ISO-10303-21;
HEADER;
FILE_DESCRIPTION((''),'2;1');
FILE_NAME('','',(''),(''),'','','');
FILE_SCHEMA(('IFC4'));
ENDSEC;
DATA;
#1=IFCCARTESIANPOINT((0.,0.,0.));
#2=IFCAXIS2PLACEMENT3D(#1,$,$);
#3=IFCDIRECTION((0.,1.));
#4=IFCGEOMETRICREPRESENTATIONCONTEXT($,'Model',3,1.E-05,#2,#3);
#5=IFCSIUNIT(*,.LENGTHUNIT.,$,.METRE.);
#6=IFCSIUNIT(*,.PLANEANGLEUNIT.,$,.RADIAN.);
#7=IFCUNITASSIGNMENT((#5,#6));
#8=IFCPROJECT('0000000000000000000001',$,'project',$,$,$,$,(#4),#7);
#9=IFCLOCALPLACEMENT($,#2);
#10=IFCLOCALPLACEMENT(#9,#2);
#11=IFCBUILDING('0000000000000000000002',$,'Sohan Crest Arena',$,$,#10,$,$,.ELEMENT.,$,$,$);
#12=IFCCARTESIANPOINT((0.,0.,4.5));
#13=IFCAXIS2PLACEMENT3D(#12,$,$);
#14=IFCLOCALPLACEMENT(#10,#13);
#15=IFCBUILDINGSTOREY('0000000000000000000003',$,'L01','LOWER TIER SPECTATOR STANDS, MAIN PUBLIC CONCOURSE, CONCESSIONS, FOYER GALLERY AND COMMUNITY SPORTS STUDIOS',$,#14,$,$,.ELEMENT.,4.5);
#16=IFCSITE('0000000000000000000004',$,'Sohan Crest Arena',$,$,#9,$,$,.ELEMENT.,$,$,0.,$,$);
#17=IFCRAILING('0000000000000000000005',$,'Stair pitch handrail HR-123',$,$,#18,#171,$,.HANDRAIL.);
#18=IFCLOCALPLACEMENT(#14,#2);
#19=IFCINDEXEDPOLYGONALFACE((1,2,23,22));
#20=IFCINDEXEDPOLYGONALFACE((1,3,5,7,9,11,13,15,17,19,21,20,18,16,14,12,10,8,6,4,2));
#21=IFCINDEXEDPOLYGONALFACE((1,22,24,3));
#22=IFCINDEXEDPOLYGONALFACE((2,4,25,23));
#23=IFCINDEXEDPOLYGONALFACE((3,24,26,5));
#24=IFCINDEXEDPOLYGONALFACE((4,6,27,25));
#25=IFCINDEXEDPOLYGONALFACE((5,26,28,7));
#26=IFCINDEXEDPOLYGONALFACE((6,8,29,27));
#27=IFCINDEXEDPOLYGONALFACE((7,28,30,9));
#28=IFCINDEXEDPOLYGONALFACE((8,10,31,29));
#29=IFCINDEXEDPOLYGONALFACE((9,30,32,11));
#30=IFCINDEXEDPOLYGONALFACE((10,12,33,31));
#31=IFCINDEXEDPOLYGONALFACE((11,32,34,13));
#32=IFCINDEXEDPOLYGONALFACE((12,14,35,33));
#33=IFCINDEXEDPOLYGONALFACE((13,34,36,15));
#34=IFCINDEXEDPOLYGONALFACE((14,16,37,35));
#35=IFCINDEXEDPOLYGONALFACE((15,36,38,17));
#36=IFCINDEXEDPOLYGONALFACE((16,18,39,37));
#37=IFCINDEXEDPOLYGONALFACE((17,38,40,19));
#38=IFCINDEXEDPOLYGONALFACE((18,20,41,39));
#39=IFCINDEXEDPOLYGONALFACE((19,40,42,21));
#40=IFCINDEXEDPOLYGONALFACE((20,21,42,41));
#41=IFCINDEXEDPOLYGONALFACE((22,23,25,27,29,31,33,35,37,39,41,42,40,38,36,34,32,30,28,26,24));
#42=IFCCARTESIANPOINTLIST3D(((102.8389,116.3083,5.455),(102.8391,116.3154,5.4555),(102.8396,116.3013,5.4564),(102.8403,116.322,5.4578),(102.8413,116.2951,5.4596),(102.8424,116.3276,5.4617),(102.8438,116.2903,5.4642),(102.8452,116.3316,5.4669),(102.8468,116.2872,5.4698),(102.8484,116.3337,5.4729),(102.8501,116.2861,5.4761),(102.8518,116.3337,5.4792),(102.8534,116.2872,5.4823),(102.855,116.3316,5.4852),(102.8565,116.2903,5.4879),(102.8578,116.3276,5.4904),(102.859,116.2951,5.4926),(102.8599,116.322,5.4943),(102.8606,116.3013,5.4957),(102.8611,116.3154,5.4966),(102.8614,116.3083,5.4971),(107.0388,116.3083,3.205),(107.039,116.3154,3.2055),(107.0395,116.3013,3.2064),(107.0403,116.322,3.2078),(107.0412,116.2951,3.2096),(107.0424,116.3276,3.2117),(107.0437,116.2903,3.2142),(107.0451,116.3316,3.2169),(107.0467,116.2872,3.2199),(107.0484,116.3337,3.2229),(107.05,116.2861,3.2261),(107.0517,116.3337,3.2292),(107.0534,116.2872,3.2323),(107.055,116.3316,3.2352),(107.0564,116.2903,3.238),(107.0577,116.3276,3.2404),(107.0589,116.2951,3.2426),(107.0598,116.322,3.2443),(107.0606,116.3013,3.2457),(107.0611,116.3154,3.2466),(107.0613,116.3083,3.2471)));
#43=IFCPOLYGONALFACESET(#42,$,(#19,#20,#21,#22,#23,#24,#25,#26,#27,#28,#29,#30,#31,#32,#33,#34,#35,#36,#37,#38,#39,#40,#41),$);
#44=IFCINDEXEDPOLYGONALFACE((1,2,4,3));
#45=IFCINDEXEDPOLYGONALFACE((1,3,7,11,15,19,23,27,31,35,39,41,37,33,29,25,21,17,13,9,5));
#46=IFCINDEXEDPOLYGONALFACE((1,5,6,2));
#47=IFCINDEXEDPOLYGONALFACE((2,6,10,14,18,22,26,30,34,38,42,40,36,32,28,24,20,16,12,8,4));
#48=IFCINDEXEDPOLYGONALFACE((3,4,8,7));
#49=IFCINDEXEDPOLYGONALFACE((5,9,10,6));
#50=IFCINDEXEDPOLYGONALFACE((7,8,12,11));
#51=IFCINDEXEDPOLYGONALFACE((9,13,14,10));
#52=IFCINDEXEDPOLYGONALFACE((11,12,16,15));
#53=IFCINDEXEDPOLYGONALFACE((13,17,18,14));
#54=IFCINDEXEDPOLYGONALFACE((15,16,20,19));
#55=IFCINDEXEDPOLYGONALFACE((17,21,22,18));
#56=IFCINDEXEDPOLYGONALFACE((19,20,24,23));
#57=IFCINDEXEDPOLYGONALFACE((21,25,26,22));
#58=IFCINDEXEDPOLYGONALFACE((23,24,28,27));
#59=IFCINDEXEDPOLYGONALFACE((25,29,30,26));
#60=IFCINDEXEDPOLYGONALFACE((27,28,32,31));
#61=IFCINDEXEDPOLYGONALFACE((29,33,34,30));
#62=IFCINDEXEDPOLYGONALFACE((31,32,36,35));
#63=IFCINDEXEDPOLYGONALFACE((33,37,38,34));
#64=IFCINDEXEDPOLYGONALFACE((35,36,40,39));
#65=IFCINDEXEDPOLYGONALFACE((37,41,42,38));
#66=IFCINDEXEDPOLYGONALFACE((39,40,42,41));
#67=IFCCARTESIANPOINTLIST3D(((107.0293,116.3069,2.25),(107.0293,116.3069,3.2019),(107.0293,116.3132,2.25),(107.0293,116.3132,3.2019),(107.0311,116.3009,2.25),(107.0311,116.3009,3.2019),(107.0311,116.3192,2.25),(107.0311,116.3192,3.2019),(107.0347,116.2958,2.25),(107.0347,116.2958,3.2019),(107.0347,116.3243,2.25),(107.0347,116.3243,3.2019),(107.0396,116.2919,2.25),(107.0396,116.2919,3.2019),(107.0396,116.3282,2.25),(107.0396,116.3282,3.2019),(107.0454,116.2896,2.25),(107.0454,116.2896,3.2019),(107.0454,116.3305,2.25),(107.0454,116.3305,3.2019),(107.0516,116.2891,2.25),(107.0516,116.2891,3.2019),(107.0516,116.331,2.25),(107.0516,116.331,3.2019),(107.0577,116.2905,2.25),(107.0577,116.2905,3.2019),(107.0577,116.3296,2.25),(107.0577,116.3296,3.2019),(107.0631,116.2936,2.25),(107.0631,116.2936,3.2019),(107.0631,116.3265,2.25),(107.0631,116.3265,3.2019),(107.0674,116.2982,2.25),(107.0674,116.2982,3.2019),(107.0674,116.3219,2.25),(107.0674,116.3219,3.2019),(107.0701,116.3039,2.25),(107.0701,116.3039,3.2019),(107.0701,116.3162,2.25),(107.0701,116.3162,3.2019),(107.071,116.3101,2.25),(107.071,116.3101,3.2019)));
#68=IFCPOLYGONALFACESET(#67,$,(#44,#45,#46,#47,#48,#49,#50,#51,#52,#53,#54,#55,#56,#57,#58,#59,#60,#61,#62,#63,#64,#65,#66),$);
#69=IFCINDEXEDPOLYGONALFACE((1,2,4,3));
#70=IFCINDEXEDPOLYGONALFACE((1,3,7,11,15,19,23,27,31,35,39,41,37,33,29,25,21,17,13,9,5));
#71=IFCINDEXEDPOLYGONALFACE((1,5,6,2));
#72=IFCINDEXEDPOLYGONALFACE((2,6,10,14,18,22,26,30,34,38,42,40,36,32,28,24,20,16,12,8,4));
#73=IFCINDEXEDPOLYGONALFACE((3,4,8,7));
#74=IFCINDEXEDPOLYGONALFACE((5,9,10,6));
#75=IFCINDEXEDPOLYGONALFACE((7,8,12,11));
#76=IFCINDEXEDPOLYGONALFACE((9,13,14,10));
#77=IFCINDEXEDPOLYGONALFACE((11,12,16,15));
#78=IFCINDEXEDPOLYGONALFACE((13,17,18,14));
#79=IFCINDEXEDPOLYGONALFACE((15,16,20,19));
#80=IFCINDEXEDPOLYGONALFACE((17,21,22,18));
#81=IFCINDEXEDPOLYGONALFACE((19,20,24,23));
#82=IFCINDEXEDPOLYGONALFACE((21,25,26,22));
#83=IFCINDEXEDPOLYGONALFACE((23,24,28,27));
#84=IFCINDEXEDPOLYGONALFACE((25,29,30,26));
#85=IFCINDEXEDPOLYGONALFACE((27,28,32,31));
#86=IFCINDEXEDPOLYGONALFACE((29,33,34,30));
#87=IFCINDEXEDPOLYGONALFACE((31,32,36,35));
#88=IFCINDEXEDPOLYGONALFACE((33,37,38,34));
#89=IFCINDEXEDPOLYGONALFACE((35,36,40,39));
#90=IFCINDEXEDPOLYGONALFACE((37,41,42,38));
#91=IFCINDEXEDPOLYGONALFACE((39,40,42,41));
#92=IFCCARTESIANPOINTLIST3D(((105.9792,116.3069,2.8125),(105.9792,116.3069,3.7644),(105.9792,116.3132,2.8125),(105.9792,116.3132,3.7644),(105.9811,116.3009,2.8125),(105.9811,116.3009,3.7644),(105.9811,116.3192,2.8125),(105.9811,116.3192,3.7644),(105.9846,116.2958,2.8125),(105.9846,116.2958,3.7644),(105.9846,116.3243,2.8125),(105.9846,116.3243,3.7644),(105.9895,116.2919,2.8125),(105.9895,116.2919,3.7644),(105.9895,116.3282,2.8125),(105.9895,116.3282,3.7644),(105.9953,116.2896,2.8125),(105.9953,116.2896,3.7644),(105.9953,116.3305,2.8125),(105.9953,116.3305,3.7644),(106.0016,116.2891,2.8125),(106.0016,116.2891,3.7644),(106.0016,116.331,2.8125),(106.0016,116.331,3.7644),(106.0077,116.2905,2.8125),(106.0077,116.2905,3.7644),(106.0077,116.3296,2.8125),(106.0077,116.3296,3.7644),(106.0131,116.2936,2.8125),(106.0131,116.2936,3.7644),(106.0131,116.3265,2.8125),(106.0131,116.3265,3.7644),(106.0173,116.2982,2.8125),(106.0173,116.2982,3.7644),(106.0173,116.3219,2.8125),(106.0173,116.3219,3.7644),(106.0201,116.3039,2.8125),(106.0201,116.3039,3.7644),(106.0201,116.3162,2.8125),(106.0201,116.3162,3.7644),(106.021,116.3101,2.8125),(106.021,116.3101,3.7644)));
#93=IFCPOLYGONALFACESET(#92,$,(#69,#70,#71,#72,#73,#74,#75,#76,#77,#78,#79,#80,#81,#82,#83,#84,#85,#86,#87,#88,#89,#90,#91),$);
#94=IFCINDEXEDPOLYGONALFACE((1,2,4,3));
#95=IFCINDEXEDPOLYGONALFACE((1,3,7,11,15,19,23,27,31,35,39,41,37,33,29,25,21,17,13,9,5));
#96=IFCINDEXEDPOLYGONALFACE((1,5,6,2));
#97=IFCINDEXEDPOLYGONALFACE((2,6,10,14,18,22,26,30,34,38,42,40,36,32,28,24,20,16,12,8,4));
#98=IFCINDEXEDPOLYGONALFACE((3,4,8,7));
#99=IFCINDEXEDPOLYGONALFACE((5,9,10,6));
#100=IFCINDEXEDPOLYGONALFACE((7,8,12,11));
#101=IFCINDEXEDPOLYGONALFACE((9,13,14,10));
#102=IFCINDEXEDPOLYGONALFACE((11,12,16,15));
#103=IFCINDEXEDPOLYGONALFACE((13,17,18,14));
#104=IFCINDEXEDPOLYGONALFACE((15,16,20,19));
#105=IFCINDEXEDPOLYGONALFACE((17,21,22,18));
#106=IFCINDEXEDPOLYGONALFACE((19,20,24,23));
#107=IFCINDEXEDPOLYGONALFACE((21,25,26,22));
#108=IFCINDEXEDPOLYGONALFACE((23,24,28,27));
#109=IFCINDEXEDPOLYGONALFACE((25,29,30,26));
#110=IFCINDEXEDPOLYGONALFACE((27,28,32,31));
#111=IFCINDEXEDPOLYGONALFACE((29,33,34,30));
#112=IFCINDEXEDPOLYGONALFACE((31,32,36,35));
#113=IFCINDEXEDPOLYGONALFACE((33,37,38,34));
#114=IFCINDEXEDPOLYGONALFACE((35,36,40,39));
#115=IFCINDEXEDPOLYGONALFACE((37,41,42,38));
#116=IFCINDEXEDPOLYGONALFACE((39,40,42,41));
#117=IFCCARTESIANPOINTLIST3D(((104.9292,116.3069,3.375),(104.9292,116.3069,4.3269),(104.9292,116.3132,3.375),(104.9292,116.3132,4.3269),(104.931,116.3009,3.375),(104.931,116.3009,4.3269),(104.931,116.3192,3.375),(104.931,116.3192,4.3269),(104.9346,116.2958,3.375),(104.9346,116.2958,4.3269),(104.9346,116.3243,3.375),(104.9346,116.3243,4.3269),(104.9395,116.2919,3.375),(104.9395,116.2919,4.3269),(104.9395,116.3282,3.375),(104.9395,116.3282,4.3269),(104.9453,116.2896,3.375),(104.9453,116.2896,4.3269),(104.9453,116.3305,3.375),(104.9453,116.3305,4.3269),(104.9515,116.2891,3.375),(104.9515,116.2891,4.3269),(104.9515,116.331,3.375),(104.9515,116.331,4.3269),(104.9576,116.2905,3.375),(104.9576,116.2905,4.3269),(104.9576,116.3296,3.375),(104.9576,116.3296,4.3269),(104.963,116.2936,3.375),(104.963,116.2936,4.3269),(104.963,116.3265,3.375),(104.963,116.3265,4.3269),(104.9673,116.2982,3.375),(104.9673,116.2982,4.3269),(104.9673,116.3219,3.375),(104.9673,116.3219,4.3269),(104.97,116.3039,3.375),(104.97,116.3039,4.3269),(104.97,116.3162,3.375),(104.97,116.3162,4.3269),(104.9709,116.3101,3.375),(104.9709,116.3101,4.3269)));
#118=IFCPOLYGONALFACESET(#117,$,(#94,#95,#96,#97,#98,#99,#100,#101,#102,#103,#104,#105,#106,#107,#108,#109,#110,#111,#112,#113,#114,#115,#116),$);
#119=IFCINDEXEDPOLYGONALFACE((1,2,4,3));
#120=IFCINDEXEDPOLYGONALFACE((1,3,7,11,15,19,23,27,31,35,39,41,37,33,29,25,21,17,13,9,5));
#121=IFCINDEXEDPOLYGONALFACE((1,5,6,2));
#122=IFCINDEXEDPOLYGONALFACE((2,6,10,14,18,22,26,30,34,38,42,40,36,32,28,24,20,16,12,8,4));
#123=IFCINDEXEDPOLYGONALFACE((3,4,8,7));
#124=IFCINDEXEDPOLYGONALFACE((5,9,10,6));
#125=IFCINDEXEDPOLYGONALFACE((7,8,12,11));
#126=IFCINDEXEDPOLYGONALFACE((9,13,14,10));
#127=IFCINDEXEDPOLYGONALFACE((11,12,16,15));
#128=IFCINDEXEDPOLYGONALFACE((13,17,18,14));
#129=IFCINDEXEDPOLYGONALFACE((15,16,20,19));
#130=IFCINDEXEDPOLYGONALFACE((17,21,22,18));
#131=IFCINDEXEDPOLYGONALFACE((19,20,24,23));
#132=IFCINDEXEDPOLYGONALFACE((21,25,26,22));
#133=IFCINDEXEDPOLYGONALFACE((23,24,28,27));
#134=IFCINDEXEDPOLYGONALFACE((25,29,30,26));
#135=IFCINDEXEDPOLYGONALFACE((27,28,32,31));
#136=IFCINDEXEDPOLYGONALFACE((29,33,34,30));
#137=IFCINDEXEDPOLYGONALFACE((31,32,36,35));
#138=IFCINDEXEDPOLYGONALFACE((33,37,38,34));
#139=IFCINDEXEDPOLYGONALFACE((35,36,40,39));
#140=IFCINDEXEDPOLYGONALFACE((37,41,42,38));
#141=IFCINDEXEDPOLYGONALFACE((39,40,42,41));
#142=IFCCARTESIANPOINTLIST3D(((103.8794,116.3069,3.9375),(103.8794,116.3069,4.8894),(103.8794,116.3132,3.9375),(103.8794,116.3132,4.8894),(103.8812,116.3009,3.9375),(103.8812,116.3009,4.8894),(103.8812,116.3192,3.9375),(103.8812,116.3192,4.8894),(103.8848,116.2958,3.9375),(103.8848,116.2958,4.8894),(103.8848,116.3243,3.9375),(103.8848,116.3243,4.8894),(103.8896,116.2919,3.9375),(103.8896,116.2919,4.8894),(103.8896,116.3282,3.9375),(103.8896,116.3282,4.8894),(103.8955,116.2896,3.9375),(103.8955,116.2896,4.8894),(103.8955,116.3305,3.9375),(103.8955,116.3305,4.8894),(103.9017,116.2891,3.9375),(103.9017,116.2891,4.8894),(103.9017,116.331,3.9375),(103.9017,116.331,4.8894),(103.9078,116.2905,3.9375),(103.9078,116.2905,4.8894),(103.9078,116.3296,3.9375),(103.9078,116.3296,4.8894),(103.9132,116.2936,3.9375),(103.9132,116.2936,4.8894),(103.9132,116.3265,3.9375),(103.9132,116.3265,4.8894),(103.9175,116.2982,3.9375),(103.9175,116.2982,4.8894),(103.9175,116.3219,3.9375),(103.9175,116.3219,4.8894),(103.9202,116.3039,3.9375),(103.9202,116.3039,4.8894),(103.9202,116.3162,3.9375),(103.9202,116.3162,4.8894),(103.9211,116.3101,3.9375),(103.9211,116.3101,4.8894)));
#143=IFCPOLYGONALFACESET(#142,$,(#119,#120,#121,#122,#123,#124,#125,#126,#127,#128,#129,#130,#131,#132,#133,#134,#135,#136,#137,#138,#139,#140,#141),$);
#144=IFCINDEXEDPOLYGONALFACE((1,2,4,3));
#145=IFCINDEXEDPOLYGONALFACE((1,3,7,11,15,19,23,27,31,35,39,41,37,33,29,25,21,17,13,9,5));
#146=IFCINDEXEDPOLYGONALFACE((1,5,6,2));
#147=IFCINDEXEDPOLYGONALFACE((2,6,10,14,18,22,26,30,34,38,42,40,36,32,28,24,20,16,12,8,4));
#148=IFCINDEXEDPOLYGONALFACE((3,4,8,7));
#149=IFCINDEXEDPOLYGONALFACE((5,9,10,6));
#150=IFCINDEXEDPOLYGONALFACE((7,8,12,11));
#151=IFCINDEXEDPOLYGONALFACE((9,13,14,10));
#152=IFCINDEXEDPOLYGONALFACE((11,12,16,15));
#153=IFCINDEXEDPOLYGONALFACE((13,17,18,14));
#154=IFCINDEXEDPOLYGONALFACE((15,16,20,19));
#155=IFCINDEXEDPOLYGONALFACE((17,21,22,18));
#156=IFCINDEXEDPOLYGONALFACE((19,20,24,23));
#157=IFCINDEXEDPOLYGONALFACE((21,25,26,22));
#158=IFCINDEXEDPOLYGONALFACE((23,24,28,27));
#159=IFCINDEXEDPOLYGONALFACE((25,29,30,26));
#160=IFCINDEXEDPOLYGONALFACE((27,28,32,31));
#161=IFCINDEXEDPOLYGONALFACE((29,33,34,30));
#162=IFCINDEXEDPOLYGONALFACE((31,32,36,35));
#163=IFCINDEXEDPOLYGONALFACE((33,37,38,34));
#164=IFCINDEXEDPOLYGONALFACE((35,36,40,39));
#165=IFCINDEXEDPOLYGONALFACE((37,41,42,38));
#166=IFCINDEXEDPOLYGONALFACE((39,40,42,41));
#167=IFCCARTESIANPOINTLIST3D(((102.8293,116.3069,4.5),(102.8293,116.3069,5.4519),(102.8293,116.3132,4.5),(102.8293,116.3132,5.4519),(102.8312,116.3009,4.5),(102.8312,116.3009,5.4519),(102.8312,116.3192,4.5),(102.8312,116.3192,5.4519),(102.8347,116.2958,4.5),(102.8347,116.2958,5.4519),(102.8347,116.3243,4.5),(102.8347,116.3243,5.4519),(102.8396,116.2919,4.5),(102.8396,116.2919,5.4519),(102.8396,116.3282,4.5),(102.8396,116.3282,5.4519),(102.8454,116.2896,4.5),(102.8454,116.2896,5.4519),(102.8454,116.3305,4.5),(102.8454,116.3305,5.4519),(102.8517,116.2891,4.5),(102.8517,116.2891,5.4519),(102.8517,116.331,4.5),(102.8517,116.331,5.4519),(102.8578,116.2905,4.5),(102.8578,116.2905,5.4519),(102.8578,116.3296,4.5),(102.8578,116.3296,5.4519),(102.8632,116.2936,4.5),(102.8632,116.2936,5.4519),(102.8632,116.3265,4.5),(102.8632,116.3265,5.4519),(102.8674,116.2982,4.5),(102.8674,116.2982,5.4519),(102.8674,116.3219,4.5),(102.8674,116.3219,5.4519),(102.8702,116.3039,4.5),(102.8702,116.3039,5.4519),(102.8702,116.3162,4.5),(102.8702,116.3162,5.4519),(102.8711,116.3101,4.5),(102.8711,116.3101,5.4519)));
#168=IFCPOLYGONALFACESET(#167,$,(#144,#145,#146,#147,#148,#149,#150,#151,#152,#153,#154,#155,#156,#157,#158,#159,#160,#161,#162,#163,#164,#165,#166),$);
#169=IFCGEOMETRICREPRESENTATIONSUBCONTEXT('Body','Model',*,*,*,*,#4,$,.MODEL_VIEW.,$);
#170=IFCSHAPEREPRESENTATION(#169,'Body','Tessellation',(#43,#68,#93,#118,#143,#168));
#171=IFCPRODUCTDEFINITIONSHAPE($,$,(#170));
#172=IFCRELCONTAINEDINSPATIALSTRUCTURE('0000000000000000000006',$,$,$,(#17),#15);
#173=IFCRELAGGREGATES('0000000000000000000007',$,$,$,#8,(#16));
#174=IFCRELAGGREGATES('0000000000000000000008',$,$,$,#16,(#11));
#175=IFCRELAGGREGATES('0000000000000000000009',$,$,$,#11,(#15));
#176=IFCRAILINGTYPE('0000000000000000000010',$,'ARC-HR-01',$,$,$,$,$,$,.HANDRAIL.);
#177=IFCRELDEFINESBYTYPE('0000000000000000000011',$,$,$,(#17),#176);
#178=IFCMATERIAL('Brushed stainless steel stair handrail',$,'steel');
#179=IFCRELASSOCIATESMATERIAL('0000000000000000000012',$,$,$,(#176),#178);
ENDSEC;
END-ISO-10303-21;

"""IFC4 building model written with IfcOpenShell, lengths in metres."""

from ifc_helpers import new_model, si_unit, direction, frame, origin, origin_2d, place, context, subcontext, project, spatial, circle, extrude, material, type_object, element, save


model = new_model("IFC4")

# Units and contexts
model_context = context("Model", 3, precision=1e-05, world=origin(), true_north=direction((0.0, 1.0)))
body_context = subcontext(model_context, "Body", "Model", "MODEL_VIEW")
ifc_project = project(units=[si_unit("LENGTHUNIT", "METRE"), si_unit("PLANEANGLEUNIT", "RADIAN")], contexts=[model_context])

# Site, building, storey
site_placement = place(None, origin())
site = spatial("IfcSite", under=ifc_project, at=site_placement, Name="Sohan Crest Arena", CompositionType="ELEMENT", RefElevation=0.0)
building_placement = place(site_placement, origin())
building = spatial("IfcBuilding", under=site, at=building_placement, Name="Sohan Crest Arena", CompositionType="ELEMENT")
storey_placement = place(building_placement, frame((0.0, 0.0, 4.5)))
storey = spatial("IfcBuildingStorey", under=building, at=storey_placement, Name="L01", Description="LOWER TIER SPECTATOR STANDS, MAIN PUBLIC CONCOURSE, CONCESSIONS, FOYER GALLERY AND COMMUNITY SPORTS STUDIOS", CompositionType="ELEMENT", Elevation=4.5)

# Railing
ifc_material_1 = material(Name="Brushed stainless steel stair handrail", Category="steel")
railing_type_1 = type_object("IfcRailingType", Name="ARC-HR-01", PredefinedType="HANDRAIL", material=ifc_material_1)
railing_1_placement = place(storey_placement, frame((107.05, 116.3101, 2.25)))
element("IfcRailing", 1, at=railing_1_placement, inside=storey, type_object=railing_type_1, Name="Stair pitch handrail HR-123", PredefinedType="HANDRAIL", context=body_context, shape_type="SweptSolid", body=[
    extrude(circle(Radius=0.0239, at=origin_2d()), frame((0.0, 0.0, 0.9761), z_axis=(-0.881478, 0.0, 0.472226), x_axis=(0.0, -1.0, 0.0)), (0.0, 0.0, 1.0), 4.7646),
    extrude(circle(Radius=0.021, at=origin_2d()), origin(), (0.0, 0.0, 1.0), 0.9519),
    extrude(circle(Radius=0.021, at=origin_2d()), frame((-1.05, 0.0, 0.5625)), (0.0, 0.0, 1.0), 0.9519),
    extrude(circle(Radius=0.021, at=origin_2d()), frame((-2.1001, 0.0, 1.125)), (0.0, 0.0, 1.0), 0.9519),
    extrude(circle(Radius=0.021, at=origin_2d()), frame((-3.1499, 0.0, 1.6875)), (0.0, 0.0, 1.0), 0.9519),
    extrude(circle(Radius=0.021, at=origin_2d()), frame((-4.2, 0.0, 2.25)), (0.0, 0.0, 1.0), 0.9519),
])

save(model, "model.ifc")
